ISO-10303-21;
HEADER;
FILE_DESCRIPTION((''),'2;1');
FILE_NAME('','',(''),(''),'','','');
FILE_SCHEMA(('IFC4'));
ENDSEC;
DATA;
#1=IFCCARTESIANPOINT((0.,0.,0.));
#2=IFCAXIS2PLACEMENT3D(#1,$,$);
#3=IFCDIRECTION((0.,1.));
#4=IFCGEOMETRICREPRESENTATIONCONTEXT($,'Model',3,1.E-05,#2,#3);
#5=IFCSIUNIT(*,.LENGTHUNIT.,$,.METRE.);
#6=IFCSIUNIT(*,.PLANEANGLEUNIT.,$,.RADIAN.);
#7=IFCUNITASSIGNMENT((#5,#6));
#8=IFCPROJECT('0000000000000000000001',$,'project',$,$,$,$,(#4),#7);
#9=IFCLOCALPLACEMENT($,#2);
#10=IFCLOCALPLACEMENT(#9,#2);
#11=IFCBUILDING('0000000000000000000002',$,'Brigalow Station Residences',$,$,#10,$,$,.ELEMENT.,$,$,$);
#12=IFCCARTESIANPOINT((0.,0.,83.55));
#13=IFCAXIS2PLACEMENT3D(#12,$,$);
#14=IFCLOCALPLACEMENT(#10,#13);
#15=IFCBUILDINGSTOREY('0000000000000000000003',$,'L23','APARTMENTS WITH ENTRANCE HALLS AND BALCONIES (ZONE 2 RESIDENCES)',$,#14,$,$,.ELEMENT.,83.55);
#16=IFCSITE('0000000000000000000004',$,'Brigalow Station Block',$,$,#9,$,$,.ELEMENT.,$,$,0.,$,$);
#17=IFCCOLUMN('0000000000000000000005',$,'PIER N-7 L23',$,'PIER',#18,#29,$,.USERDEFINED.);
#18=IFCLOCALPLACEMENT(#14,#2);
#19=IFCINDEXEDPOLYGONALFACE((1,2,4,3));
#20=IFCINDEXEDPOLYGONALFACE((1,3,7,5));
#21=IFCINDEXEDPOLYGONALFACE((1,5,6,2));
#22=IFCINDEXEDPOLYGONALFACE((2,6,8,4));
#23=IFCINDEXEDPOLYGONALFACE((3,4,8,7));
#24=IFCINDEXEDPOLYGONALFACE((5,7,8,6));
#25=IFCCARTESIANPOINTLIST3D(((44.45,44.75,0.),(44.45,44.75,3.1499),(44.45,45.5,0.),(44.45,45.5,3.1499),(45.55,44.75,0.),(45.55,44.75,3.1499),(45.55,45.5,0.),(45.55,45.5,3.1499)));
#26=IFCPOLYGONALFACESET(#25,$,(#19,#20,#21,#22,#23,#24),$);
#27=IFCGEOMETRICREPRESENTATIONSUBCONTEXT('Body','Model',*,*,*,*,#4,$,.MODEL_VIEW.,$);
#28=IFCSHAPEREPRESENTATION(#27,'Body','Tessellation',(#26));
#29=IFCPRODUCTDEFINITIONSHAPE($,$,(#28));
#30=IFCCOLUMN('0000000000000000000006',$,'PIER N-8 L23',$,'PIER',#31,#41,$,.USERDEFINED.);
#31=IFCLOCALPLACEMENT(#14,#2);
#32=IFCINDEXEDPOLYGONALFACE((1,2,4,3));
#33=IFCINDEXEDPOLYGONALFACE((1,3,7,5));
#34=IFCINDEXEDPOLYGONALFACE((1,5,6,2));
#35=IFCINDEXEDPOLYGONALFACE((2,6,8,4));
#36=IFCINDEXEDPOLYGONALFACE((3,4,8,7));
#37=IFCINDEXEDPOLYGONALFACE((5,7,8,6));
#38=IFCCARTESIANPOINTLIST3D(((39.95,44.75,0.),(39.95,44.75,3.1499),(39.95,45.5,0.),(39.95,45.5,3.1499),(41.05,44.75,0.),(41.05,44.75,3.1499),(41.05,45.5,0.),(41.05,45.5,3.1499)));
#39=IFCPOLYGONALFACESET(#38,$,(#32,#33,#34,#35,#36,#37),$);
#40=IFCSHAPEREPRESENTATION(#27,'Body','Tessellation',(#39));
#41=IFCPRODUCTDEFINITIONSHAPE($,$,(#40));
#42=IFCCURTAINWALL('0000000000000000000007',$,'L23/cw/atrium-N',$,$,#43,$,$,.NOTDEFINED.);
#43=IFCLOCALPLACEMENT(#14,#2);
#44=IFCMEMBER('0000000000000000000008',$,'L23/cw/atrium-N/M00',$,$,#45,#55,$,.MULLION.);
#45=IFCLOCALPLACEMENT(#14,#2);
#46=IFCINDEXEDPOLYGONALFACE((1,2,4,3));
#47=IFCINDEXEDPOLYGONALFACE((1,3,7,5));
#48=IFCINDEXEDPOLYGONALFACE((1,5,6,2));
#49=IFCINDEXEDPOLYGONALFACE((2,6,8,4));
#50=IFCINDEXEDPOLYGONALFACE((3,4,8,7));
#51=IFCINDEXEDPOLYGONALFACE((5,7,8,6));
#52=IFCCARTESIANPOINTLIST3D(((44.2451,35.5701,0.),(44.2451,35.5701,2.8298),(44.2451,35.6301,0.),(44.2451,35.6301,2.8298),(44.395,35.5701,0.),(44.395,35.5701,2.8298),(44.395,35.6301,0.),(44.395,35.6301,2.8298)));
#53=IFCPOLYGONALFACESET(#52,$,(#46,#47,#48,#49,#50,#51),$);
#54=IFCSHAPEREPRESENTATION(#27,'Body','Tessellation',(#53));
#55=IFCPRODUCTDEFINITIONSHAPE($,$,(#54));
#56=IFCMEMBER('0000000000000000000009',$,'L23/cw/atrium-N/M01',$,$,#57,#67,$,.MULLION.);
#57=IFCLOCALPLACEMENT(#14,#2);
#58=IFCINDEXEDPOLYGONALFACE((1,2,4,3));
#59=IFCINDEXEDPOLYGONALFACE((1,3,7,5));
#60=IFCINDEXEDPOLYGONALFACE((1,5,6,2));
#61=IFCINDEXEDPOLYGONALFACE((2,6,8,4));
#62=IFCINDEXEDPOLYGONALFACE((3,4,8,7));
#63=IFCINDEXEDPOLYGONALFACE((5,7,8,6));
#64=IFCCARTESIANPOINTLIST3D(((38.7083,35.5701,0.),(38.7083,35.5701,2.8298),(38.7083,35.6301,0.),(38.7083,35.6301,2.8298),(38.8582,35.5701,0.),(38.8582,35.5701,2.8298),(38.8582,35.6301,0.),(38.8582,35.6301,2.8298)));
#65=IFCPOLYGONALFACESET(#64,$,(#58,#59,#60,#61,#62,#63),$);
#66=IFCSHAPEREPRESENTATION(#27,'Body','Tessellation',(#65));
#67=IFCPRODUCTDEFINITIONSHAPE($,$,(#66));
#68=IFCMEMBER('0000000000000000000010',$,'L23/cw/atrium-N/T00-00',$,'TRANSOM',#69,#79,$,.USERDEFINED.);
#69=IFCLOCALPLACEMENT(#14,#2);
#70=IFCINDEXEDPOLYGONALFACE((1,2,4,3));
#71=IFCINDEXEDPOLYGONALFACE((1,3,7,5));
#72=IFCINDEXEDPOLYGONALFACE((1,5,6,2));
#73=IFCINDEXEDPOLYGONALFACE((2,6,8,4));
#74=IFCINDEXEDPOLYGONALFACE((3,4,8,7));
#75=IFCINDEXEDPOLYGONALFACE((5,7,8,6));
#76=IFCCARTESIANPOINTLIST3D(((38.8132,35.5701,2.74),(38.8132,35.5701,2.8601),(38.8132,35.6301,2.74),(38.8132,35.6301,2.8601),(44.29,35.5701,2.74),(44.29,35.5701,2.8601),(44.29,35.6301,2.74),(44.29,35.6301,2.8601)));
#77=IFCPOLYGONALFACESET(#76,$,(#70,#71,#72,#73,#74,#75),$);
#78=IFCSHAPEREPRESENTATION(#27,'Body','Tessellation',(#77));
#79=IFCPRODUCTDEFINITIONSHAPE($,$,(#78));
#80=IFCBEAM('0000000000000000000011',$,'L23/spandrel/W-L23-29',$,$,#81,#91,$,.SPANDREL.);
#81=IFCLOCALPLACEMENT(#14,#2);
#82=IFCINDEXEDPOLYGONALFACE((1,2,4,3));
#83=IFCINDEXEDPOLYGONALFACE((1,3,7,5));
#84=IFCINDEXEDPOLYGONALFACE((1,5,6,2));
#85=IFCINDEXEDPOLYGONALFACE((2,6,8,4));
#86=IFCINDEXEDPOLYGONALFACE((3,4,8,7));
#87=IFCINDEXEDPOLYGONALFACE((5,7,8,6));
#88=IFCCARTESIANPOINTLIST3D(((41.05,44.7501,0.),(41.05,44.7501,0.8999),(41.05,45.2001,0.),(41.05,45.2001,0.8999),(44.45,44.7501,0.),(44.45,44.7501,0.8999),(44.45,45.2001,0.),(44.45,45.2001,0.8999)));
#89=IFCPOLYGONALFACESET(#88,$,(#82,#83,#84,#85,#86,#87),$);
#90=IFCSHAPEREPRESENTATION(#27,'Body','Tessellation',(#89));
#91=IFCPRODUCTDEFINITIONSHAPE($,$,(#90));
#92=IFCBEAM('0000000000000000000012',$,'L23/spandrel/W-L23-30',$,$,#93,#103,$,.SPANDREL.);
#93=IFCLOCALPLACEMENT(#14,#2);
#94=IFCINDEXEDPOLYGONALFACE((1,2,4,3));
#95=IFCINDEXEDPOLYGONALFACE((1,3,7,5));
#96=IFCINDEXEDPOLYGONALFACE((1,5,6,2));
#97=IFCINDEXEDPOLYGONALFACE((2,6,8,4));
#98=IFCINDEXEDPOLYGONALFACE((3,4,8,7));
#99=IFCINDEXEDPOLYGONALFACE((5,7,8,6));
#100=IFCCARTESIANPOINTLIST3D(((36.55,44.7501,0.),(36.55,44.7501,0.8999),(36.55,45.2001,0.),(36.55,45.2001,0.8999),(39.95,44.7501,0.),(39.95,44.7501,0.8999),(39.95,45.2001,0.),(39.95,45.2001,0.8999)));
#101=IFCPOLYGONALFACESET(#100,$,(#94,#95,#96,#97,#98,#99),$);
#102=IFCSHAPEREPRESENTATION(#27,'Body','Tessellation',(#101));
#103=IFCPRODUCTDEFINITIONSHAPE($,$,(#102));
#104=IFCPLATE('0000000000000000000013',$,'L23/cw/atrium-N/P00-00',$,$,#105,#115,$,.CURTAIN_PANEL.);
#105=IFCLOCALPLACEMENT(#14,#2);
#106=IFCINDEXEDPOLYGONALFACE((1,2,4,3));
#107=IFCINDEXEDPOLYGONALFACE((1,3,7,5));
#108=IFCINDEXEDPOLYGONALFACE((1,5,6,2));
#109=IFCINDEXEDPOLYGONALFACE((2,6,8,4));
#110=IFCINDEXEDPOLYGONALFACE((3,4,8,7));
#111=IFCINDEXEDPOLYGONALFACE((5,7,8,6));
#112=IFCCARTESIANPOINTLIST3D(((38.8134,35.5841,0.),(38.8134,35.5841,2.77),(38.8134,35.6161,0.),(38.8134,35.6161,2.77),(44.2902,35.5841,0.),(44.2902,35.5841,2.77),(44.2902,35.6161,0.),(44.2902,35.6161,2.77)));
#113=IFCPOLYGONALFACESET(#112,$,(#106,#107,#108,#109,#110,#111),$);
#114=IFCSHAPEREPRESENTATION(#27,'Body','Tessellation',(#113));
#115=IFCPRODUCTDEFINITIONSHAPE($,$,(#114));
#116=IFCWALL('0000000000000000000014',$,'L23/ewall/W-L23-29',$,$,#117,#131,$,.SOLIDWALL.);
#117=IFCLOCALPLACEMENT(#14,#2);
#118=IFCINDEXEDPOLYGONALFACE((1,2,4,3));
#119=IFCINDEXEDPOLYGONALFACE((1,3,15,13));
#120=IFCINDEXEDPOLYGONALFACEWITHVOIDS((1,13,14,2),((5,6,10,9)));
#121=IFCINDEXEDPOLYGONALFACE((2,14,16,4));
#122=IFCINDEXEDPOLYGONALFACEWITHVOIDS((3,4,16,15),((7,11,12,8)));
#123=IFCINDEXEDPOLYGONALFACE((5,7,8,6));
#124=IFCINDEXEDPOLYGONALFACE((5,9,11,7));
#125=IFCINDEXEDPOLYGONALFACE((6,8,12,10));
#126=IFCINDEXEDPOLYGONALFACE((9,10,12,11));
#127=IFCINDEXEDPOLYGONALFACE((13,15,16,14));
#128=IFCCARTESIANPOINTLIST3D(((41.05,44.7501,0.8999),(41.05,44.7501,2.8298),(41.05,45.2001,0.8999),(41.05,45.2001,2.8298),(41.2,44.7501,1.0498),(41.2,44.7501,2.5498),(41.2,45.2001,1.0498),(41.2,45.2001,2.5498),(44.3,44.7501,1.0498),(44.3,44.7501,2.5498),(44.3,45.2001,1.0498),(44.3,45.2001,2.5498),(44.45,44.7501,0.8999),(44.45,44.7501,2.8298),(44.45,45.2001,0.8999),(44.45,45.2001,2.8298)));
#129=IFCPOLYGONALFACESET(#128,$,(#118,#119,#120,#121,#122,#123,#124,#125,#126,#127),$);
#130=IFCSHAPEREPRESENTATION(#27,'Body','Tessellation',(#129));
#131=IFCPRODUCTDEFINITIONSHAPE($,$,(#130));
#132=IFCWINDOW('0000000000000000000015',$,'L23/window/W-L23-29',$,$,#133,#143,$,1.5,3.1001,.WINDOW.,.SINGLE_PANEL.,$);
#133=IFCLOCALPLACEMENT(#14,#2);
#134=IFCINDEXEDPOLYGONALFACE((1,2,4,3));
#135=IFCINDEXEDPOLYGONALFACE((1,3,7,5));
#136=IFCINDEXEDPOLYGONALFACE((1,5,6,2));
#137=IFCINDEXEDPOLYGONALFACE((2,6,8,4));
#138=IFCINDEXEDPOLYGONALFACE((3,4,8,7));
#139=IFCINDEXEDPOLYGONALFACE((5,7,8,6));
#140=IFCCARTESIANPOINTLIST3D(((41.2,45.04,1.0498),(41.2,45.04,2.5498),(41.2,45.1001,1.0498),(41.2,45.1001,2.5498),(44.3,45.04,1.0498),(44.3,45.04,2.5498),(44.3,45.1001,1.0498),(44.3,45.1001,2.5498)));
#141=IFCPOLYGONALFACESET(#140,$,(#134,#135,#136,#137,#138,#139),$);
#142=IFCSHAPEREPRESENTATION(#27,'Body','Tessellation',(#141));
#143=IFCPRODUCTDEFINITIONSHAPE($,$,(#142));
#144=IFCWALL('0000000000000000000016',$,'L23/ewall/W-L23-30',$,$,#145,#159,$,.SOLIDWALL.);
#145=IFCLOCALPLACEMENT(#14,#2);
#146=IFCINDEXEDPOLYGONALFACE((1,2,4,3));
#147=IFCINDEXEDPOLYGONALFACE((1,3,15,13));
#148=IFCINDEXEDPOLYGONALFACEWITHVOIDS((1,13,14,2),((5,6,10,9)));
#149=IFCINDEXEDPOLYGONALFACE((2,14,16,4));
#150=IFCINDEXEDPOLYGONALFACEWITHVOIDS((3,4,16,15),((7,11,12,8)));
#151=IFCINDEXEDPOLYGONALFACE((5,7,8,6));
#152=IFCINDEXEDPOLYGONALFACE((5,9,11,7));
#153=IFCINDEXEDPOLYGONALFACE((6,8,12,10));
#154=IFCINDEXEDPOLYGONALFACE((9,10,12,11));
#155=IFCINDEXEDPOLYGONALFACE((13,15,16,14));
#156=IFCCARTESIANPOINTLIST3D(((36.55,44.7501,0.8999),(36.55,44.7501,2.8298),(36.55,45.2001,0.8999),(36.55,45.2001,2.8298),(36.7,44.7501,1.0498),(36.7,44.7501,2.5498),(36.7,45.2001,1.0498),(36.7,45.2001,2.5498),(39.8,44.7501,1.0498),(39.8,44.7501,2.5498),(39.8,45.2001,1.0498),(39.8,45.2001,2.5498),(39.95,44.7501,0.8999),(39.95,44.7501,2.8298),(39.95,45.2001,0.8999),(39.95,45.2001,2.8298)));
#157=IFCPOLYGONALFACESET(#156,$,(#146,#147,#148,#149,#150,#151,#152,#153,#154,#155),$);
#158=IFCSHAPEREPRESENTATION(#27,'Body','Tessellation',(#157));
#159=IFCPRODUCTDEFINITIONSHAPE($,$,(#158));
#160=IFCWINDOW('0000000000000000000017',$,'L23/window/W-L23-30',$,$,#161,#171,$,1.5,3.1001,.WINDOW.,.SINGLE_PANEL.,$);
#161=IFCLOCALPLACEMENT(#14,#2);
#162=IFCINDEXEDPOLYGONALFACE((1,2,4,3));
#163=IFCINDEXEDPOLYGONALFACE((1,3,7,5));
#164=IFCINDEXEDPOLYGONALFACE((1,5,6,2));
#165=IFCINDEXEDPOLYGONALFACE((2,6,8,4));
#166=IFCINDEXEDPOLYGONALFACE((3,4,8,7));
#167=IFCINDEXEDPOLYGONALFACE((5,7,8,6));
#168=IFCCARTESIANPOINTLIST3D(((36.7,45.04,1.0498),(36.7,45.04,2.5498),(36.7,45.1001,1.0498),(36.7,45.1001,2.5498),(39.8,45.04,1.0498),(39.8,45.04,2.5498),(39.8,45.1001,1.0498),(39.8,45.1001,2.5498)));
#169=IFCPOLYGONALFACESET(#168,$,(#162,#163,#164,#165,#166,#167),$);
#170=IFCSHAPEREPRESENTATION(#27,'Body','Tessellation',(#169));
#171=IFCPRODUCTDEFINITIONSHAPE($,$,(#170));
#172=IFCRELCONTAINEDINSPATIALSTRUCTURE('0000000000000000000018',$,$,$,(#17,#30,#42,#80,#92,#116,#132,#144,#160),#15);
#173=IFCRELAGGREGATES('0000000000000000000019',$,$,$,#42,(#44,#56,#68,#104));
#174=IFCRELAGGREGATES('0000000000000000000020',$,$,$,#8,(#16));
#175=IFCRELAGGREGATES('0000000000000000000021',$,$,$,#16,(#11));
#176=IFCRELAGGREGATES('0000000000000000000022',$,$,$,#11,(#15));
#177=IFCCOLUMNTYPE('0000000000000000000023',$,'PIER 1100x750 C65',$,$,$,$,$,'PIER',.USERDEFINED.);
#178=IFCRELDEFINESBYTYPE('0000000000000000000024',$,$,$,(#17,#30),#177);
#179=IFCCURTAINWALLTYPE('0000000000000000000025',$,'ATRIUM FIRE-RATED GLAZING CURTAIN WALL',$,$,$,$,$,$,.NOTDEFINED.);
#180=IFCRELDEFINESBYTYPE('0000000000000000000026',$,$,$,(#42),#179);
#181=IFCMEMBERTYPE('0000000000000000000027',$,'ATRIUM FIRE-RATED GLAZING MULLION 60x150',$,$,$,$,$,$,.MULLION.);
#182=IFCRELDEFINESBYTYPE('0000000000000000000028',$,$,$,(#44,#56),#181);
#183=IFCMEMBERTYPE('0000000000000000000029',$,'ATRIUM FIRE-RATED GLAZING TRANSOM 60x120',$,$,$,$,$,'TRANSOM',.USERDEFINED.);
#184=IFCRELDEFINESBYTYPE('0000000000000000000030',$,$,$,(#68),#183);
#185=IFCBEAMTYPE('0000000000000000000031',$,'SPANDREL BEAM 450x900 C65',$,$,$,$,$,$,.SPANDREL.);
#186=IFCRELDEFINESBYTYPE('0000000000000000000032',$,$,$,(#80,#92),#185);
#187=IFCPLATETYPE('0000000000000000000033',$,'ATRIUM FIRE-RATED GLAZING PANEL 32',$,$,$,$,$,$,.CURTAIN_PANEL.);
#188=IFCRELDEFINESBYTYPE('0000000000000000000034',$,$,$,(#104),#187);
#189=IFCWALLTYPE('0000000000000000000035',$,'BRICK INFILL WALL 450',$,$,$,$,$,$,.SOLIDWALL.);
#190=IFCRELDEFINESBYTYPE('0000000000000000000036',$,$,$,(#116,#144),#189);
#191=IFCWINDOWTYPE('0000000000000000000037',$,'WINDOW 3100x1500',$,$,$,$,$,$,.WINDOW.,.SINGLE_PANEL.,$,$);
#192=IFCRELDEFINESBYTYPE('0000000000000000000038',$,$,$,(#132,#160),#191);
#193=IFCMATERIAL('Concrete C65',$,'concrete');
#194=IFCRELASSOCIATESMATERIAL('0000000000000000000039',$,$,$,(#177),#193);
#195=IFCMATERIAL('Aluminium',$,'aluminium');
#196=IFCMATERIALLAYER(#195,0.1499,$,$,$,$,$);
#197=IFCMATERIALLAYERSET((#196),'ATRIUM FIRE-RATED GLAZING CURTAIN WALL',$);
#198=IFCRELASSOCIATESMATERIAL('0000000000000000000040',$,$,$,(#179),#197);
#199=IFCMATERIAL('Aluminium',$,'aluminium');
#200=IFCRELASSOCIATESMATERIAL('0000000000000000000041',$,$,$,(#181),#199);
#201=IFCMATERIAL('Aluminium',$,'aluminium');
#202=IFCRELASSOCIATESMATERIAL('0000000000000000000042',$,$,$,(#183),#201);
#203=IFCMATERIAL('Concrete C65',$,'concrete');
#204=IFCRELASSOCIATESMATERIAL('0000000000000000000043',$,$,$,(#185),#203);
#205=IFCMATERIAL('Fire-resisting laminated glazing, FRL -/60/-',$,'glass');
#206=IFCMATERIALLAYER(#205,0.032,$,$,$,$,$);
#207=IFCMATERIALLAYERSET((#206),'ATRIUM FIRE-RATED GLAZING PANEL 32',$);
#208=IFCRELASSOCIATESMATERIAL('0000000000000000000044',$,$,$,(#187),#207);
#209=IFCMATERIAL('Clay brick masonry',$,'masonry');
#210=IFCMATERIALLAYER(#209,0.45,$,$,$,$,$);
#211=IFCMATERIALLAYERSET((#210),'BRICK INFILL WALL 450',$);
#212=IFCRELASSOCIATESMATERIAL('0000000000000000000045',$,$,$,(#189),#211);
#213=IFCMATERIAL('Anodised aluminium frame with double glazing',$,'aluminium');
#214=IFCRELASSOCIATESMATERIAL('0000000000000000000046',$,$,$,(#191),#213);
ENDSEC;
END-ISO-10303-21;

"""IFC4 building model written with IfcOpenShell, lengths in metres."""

from ifc_helpers import new_model, si_unit, direction, frame, frame_2d, origin, origin_2d, place, context, subcontext, project, spatial, rectangle, extrude, material, layer, layer_set, material_profile, profile_set, type_object, element, fill, aggregate, save


model = new_model("IFC4")

# Units and contexts
model_context = context("Model", 3, precision=1e-05, world=origin(), true_north=direction((0.0, 1.0)))
body_context = subcontext(model_context, "Body", "Model", "MODEL_VIEW")
ifc_project = project(units=[si_unit("LENGTHUNIT", "METRE"), si_unit("PLANEANGLEUNIT", "RADIAN")], contexts=[model_context])

# Site, building, storey
site_placement = place(None, origin())
site = spatial("IfcSite", under=ifc_project, at=site_placement, Name="Brigalow Station Block", CompositionType="ELEMENT", RefElevation=0.0)
building_placement = place(site_placement, origin())
building = spatial("IfcBuilding", under=site, at=building_placement, Name="Brigalow Station Residences", CompositionType="ELEMENT")
storey_placement = place(building_placement, frame((0.0, 0.0, 83.55)))
storey = spatial("IfcBuildingStorey", under=building, at=storey_placement, Name="L23", Description="APARTMENTS WITH ENTRANCE HALLS AND BALCONIES (ZONE 2 RESIDENCES)", CompositionType="ELEMENT", Elevation=83.55)

# Columns
ifc_material_1 = material(Name="Concrete C65", Category="concrete")
ifc_material_profile_1 = material_profile(ifc_material_1, rectangle(XDim=1.1001, YDim=0.75, at=origin_2d()), Name="RC1100x750")
ifc_profile_set_1 = profile_set([ifc_material_profile_1], Name="Concrete C65")
column_type = type_object("IfcColumnType", Name="PIER 1100x750 C65", ElementType="PIER", PredefinedType="USERDEFINED", material=ifc_profile_set_1)
for number, where, z_axis, x_axis, name in (
    (1, (45.0, 45.125, 0.0), (0.0, 0.0, 1.0), (-1.0, 0.0, 0.0), "PIER N-7 L23"),
    (2, (40.5, 45.125, 0.0), (0.0, 0.0, 1.0), (-1.0, 0.0, 0.0), "PIER N-8 L23"),
):
    element("IfcColumn", number, at=place(storey_placement, frame(where, z_axis=z_axis, x_axis=x_axis)), inside=storey, type_object=column_type, Name=name, ObjectType="PIER", PredefinedType="USERDEFINED", context=body_context, shape_type="SweptSolid", body=[
        extrude(rectangle(XDim=1.1001, YDim=0.75, at=origin_2d()), origin(), (0.0, 0.0, 1.0), 3.1499),
    ])

# Curtain wall, members
ifc_material_2 = material(Name="Aluminium", Category="aluminium")
ifc_layer_1 = layer(ifc_material_2, 0.1499)
ifc_layer_set_1 = layer_set([ifc_layer_1], Name="ATRIUM FIRE-RATED GLAZING CURTAIN WALL")
curtain_wall_type = type_object("IfcCurtainWallType", Name="ATRIUM FIRE-RATED GLAZING CURTAIN WALL", PredefinedType="NOTDEFINED", material=ifc_layer_set_1)
curtain_wall_placement = place(storey_placement, origin())
curtain_wall = element("IfcCurtainWall", 3, at=curtain_wall_placement, inside=storey, type_object=curtain_wall_type, Name="L23/cw/atrium-N", PredefinedType="NOTDEFINED")
ifc_material_3 = material(Name="Aluminium", Category="aluminium")
ifc_material_profile_2 = material_profile(ifc_material_3, rectangle(XDim=0.0601, YDim=0.1499, at=origin_2d()), Name="ATRIUM FIRE-RATED GLAZING MULLION 60x150")
ifc_profile_set_2 = profile_set([ifc_material_profile_2], Name="Aluminium")
member_type_1 = type_object("IfcMemberType", Name="ATRIUM FIRE-RATED GLAZING MULLION 60x150", PredefinedType="MULLION", material=ifc_profile_set_2)
member_1_placement = place(storey_placement, frame((44.3201, 35.6001, 0.0), z_axis=(0.0, 0.0, 1.0), x_axis=(0.0, -1.0, 0.0)))
member_1 = element("IfcMember", 4, at=member_1_placement, type_object=member_type_1, Name="L23/cw/atrium-N/M00", PredefinedType="MULLION", context=body_context, shape_type="SweptSolid", body=[
    extrude(rectangle(XDim=0.0601, YDim=0.1499, at=origin_2d()), origin(), (0.0, 0.0, 1.0), 2.8298),
])
member_2_placement = place(storey_placement, frame((38.7832, 35.6001, 0.0), z_axis=(0.0, 0.0, 1.0), x_axis=(0.0, -1.0, 0.0)))
member_2 = element("IfcMember", 5, at=member_2_placement, type_object=member_type_1, Name="L23/cw/atrium-N/M01", PredefinedType="MULLION", context=body_context, shape_type="SweptSolid", body=[
    extrude(rectangle(XDim=0.0601, YDim=0.1499, at=origin_2d()), origin(), (0.0, 0.0, 1.0), 2.8298),
])
ifc_material_4 = material(Name="Aluminium", Category="aluminium")
ifc_material_profile_3 = material_profile(ifc_material_4, rectangle(XDim=0.0601, YDim=0.1201, at=origin_2d()), Name="ATRIUM FIRE-RATED GLAZING TRANSOM 60x120")
ifc_profile_set_3 = profile_set([ifc_material_profile_3], Name="Aluminium")
member_type_2 = type_object("IfcMemberType", Name="ATRIUM FIRE-RATED GLAZING TRANSOM 60x120", ElementType="TRANSOM", PredefinedType="USERDEFINED", material=ifc_profile_set_3)
member_3_placement = place(storey_placement, frame((44.29, 35.6001, 2.8), z_axis=(-1.0, 0.0, 0.0), x_axis=(0.0, -1.0, 0.0)))
member_3 = element("IfcMember", 6, at=member_3_placement, type_object=member_type_2, Name="L23/cw/atrium-N/T00-00", ObjectType="TRANSOM", PredefinedType="USERDEFINED", context=body_context, shape_type="SweptSolid", body=[
    extrude(rectangle(XDim=0.0601, YDim=0.1201, at=origin_2d()), origin(), (0.0, 0.0, 1.0), 5.4768),
])

# Beams
ifc_material_5 = material(Name="Concrete C65", Category="concrete")
ifc_material_profile_4 = material_profile(ifc_material_5, rectangle(XDim=0.45, YDim=0.8999, at=origin_2d()), Name="RC450x900")
ifc_profile_set_4 = profile_set([ifc_material_profile_4], Name="Concrete C65")
beam_type = type_object("IfcBeamType", Name="SPANDREL BEAM 450x900 C65", PredefinedType="SPANDREL", material=ifc_profile_set_4)
for number, where, z_axis, x_axis, name in (
    (7, (44.45, 44.9751, 0.45), (-1.0, 0.0, 0.0), (0.0, -1.0, 0.0), "L23/spandrel/W-L23-29"),
    (8, (39.95, 44.9751, 0.45), (-1.0, 0.0, 0.0), (0.0, -1.0, 0.0), "L23/spandrel/W-L23-30"),
):
    element("IfcBeam", number, at=place(storey_placement, frame(where, z_axis=z_axis, x_axis=x_axis)), inside=storey, type_object=beam_type, Name=name, PredefinedType="SPANDREL", context=body_context, shape_type="SweptSolid", body=[
        extrude(rectangle(XDim=0.45, YDim=0.8999, at=origin_2d()), origin(), (0.0, 0.0, 1.0), 3.3999),
    ])

# Plate
ifc_material_6 = material(Name="Fire-resisting laminated glazing, FRL -/60/-", Category="glass")
ifc_layer_2 = layer(ifc_material_6, 0.032)
ifc_layer_set_2 = layer_set([ifc_layer_2], Name="ATRIUM FIRE-RATED GLAZING PANEL 32")
plate_type = type_object("IfcPlateType", Name="ATRIUM FIRE-RATED GLAZING PANEL 32", PredefinedType="CURTAIN_PANEL", material=ifc_layer_set_2)
plate_placement = place(storey_placement, frame((41.5518, 35.6001, 0.0), z_axis=(0.0, 0.0, 1.0), x_axis=(-1.0, 0.0, 0.0)))
plate = element("IfcPlate", 9, at=plate_placement, type_object=plate_type, Name="L23/cw/atrium-N/P00-00", PredefinedType="CURTAIN_PANEL", context=body_context, shape_type="SweptSolid", body=[
    extrude(rectangle(XDim=5.4768, YDim=0.032, at=origin_2d()), origin(), (0.0, 0.0, 1.0), 2.77),
])
aggregate(curtain_wall, [member_1, member_2, member_3, plate])

# Walls, openings, windows
ifc_material_7 = material(Name="Clay brick masonry", Category="masonry")
ifc_layer_3 = layer(ifc_material_7, 0.45)
ifc_layer_set_3 = layer_set([ifc_layer_3], Name="BRICK INFILL WALL 450")
wall_type_1 = type_object("IfcWallType", Name="BRICK INFILL WALL 450", PredefinedType="SOLIDWALL", material=ifc_layer_set_3)
wall_1_placement = place(storey_placement, frame((44.45, 44.9751, 0.8999), z_axis=(0.0, 0.0, 1.0), x_axis=(-1.0, 0.0, 0.0)))
wall_1 = element("IfcWall", 10, at=wall_1_placement, inside=storey, type_object=wall_type_1, Name="L23/ewall/W-L23-29", PredefinedType="SOLIDWALL", context=body_context, shape_type="SweptSolid", body=[
    extrude(rectangle(XDim=3.3999, YDim=0.45, at=frame_2d((1.7, 0.0))), origin(), (0.0, 0.0, 1.0), 1.9299),
])
opening_1_placement = place(wall_1_placement, frame((0.1499, 0.0, 0.1499)))
opening_1 = element("IfcOpeningElement", 11, at=opening_1_placement, cuts=wall_1, PredefinedType="OPENING", context=body_context, shape_type="SweptSolid", body=[
    extrude(rectangle(XDim=3.1001, YDim=1.5, at=frame_2d((1.55, 0.75))), frame((0.0, 0.2349, 0.0), z_axis=(0.0, -1.0, 0.0), x_axis=(1.0, 0.0, 0.0)), (0.0, 0.0, 1.0), 0.47),
])
ifc_material_8 = material(Name="Anodised aluminium frame with double glazing", Category="aluminium")
window_type = type_object("IfcWindowType", Name="WINDOW 3100x1500", PartitioningType="SINGLE_PANEL", PredefinedType="WINDOW", material=ifc_material_8)
window_1_placement = place(opening_1_placement, origin())
window_1 = element("IfcWindow", 12, at=window_1_placement, inside=storey, type_object=window_type, Name="L23/window/W-L23-29", OverallHeight=1.5, OverallWidth=3.1001, PartitioningType="SINGLE_PANEL", PredefinedType="WINDOW", context=body_context, shape_type="SweptSolid", body=[
    extrude(rectangle(XDim=3.1001, YDim=1.5, at=frame_2d((1.55, 0.75))), frame((0.0, -0.0649, 0.0), z_axis=(0.0, -1.0, 0.0), x_axis=(1.0, 0.0, 0.0)), (0.0, 0.0, 1.0), 0.0601),
])
fill(opening_1, window_1)
wall_2_placement = place(storey_placement, frame((39.95, 44.9751, 0.8999), z_axis=(0.0, 0.0, 1.0), x_axis=(-1.0, 0.0, 0.0)))
wall_2 = element("IfcWall", 13, at=wall_2_placement, inside=storey, type_object=wall_type_1, Name="L23/ewall/W-L23-30", PredefinedType="SOLIDWALL", context=body_context, shape_type="SweptSolid", body=[
    extrude(rectangle(XDim=3.3999, YDim=0.45, at=frame_2d((1.7, 0.0))), origin(), (0.0, 0.0, 1.0), 1.9299),
])
opening_2_placement = place(wall_2_placement, frame((0.1499, 0.0, 0.1499)))
opening_2 = element("IfcOpeningElement", 14, at=opening_2_placement, cuts=wall_2, PredefinedType="OPENING", context=body_context, shape_type="SweptSolid", body=[
    extrude(rectangle(XDim=3.1001, YDim=1.5, at=frame_2d((1.55, 0.75))), frame((0.0, 0.2349, 0.0), z_axis=(0.0, -1.0, 0.0), x_axis=(1.0, 0.0, 0.0)), (0.0, 0.0, 1.0), 0.47),
])
window_2_placement = place(opening_2_placement, origin())
window_2 = element("IfcWindow", 15, at=window_2_placement, inside=storey, type_object=window_type, Name="L23/window/W-L23-30", OverallHeight=1.5, OverallWidth=3.1001, PartitioningType="SINGLE_PANEL", PredefinedType="WINDOW", context=body_context, shape_type="SweptSolid", body=[
    extrude(rectangle(XDim=3.1001, YDim=1.5, at=frame_2d((1.55, 0.75))), frame((0.0, -0.0649, 0.0), z_axis=(0.0, -1.0, 0.0), x_axis=(1.0, 0.0, 0.0)), (0.0, 0.0, 1.0), 0.0601),
])
fill(opening_2, window_2)

save(model, "model.ifc")
